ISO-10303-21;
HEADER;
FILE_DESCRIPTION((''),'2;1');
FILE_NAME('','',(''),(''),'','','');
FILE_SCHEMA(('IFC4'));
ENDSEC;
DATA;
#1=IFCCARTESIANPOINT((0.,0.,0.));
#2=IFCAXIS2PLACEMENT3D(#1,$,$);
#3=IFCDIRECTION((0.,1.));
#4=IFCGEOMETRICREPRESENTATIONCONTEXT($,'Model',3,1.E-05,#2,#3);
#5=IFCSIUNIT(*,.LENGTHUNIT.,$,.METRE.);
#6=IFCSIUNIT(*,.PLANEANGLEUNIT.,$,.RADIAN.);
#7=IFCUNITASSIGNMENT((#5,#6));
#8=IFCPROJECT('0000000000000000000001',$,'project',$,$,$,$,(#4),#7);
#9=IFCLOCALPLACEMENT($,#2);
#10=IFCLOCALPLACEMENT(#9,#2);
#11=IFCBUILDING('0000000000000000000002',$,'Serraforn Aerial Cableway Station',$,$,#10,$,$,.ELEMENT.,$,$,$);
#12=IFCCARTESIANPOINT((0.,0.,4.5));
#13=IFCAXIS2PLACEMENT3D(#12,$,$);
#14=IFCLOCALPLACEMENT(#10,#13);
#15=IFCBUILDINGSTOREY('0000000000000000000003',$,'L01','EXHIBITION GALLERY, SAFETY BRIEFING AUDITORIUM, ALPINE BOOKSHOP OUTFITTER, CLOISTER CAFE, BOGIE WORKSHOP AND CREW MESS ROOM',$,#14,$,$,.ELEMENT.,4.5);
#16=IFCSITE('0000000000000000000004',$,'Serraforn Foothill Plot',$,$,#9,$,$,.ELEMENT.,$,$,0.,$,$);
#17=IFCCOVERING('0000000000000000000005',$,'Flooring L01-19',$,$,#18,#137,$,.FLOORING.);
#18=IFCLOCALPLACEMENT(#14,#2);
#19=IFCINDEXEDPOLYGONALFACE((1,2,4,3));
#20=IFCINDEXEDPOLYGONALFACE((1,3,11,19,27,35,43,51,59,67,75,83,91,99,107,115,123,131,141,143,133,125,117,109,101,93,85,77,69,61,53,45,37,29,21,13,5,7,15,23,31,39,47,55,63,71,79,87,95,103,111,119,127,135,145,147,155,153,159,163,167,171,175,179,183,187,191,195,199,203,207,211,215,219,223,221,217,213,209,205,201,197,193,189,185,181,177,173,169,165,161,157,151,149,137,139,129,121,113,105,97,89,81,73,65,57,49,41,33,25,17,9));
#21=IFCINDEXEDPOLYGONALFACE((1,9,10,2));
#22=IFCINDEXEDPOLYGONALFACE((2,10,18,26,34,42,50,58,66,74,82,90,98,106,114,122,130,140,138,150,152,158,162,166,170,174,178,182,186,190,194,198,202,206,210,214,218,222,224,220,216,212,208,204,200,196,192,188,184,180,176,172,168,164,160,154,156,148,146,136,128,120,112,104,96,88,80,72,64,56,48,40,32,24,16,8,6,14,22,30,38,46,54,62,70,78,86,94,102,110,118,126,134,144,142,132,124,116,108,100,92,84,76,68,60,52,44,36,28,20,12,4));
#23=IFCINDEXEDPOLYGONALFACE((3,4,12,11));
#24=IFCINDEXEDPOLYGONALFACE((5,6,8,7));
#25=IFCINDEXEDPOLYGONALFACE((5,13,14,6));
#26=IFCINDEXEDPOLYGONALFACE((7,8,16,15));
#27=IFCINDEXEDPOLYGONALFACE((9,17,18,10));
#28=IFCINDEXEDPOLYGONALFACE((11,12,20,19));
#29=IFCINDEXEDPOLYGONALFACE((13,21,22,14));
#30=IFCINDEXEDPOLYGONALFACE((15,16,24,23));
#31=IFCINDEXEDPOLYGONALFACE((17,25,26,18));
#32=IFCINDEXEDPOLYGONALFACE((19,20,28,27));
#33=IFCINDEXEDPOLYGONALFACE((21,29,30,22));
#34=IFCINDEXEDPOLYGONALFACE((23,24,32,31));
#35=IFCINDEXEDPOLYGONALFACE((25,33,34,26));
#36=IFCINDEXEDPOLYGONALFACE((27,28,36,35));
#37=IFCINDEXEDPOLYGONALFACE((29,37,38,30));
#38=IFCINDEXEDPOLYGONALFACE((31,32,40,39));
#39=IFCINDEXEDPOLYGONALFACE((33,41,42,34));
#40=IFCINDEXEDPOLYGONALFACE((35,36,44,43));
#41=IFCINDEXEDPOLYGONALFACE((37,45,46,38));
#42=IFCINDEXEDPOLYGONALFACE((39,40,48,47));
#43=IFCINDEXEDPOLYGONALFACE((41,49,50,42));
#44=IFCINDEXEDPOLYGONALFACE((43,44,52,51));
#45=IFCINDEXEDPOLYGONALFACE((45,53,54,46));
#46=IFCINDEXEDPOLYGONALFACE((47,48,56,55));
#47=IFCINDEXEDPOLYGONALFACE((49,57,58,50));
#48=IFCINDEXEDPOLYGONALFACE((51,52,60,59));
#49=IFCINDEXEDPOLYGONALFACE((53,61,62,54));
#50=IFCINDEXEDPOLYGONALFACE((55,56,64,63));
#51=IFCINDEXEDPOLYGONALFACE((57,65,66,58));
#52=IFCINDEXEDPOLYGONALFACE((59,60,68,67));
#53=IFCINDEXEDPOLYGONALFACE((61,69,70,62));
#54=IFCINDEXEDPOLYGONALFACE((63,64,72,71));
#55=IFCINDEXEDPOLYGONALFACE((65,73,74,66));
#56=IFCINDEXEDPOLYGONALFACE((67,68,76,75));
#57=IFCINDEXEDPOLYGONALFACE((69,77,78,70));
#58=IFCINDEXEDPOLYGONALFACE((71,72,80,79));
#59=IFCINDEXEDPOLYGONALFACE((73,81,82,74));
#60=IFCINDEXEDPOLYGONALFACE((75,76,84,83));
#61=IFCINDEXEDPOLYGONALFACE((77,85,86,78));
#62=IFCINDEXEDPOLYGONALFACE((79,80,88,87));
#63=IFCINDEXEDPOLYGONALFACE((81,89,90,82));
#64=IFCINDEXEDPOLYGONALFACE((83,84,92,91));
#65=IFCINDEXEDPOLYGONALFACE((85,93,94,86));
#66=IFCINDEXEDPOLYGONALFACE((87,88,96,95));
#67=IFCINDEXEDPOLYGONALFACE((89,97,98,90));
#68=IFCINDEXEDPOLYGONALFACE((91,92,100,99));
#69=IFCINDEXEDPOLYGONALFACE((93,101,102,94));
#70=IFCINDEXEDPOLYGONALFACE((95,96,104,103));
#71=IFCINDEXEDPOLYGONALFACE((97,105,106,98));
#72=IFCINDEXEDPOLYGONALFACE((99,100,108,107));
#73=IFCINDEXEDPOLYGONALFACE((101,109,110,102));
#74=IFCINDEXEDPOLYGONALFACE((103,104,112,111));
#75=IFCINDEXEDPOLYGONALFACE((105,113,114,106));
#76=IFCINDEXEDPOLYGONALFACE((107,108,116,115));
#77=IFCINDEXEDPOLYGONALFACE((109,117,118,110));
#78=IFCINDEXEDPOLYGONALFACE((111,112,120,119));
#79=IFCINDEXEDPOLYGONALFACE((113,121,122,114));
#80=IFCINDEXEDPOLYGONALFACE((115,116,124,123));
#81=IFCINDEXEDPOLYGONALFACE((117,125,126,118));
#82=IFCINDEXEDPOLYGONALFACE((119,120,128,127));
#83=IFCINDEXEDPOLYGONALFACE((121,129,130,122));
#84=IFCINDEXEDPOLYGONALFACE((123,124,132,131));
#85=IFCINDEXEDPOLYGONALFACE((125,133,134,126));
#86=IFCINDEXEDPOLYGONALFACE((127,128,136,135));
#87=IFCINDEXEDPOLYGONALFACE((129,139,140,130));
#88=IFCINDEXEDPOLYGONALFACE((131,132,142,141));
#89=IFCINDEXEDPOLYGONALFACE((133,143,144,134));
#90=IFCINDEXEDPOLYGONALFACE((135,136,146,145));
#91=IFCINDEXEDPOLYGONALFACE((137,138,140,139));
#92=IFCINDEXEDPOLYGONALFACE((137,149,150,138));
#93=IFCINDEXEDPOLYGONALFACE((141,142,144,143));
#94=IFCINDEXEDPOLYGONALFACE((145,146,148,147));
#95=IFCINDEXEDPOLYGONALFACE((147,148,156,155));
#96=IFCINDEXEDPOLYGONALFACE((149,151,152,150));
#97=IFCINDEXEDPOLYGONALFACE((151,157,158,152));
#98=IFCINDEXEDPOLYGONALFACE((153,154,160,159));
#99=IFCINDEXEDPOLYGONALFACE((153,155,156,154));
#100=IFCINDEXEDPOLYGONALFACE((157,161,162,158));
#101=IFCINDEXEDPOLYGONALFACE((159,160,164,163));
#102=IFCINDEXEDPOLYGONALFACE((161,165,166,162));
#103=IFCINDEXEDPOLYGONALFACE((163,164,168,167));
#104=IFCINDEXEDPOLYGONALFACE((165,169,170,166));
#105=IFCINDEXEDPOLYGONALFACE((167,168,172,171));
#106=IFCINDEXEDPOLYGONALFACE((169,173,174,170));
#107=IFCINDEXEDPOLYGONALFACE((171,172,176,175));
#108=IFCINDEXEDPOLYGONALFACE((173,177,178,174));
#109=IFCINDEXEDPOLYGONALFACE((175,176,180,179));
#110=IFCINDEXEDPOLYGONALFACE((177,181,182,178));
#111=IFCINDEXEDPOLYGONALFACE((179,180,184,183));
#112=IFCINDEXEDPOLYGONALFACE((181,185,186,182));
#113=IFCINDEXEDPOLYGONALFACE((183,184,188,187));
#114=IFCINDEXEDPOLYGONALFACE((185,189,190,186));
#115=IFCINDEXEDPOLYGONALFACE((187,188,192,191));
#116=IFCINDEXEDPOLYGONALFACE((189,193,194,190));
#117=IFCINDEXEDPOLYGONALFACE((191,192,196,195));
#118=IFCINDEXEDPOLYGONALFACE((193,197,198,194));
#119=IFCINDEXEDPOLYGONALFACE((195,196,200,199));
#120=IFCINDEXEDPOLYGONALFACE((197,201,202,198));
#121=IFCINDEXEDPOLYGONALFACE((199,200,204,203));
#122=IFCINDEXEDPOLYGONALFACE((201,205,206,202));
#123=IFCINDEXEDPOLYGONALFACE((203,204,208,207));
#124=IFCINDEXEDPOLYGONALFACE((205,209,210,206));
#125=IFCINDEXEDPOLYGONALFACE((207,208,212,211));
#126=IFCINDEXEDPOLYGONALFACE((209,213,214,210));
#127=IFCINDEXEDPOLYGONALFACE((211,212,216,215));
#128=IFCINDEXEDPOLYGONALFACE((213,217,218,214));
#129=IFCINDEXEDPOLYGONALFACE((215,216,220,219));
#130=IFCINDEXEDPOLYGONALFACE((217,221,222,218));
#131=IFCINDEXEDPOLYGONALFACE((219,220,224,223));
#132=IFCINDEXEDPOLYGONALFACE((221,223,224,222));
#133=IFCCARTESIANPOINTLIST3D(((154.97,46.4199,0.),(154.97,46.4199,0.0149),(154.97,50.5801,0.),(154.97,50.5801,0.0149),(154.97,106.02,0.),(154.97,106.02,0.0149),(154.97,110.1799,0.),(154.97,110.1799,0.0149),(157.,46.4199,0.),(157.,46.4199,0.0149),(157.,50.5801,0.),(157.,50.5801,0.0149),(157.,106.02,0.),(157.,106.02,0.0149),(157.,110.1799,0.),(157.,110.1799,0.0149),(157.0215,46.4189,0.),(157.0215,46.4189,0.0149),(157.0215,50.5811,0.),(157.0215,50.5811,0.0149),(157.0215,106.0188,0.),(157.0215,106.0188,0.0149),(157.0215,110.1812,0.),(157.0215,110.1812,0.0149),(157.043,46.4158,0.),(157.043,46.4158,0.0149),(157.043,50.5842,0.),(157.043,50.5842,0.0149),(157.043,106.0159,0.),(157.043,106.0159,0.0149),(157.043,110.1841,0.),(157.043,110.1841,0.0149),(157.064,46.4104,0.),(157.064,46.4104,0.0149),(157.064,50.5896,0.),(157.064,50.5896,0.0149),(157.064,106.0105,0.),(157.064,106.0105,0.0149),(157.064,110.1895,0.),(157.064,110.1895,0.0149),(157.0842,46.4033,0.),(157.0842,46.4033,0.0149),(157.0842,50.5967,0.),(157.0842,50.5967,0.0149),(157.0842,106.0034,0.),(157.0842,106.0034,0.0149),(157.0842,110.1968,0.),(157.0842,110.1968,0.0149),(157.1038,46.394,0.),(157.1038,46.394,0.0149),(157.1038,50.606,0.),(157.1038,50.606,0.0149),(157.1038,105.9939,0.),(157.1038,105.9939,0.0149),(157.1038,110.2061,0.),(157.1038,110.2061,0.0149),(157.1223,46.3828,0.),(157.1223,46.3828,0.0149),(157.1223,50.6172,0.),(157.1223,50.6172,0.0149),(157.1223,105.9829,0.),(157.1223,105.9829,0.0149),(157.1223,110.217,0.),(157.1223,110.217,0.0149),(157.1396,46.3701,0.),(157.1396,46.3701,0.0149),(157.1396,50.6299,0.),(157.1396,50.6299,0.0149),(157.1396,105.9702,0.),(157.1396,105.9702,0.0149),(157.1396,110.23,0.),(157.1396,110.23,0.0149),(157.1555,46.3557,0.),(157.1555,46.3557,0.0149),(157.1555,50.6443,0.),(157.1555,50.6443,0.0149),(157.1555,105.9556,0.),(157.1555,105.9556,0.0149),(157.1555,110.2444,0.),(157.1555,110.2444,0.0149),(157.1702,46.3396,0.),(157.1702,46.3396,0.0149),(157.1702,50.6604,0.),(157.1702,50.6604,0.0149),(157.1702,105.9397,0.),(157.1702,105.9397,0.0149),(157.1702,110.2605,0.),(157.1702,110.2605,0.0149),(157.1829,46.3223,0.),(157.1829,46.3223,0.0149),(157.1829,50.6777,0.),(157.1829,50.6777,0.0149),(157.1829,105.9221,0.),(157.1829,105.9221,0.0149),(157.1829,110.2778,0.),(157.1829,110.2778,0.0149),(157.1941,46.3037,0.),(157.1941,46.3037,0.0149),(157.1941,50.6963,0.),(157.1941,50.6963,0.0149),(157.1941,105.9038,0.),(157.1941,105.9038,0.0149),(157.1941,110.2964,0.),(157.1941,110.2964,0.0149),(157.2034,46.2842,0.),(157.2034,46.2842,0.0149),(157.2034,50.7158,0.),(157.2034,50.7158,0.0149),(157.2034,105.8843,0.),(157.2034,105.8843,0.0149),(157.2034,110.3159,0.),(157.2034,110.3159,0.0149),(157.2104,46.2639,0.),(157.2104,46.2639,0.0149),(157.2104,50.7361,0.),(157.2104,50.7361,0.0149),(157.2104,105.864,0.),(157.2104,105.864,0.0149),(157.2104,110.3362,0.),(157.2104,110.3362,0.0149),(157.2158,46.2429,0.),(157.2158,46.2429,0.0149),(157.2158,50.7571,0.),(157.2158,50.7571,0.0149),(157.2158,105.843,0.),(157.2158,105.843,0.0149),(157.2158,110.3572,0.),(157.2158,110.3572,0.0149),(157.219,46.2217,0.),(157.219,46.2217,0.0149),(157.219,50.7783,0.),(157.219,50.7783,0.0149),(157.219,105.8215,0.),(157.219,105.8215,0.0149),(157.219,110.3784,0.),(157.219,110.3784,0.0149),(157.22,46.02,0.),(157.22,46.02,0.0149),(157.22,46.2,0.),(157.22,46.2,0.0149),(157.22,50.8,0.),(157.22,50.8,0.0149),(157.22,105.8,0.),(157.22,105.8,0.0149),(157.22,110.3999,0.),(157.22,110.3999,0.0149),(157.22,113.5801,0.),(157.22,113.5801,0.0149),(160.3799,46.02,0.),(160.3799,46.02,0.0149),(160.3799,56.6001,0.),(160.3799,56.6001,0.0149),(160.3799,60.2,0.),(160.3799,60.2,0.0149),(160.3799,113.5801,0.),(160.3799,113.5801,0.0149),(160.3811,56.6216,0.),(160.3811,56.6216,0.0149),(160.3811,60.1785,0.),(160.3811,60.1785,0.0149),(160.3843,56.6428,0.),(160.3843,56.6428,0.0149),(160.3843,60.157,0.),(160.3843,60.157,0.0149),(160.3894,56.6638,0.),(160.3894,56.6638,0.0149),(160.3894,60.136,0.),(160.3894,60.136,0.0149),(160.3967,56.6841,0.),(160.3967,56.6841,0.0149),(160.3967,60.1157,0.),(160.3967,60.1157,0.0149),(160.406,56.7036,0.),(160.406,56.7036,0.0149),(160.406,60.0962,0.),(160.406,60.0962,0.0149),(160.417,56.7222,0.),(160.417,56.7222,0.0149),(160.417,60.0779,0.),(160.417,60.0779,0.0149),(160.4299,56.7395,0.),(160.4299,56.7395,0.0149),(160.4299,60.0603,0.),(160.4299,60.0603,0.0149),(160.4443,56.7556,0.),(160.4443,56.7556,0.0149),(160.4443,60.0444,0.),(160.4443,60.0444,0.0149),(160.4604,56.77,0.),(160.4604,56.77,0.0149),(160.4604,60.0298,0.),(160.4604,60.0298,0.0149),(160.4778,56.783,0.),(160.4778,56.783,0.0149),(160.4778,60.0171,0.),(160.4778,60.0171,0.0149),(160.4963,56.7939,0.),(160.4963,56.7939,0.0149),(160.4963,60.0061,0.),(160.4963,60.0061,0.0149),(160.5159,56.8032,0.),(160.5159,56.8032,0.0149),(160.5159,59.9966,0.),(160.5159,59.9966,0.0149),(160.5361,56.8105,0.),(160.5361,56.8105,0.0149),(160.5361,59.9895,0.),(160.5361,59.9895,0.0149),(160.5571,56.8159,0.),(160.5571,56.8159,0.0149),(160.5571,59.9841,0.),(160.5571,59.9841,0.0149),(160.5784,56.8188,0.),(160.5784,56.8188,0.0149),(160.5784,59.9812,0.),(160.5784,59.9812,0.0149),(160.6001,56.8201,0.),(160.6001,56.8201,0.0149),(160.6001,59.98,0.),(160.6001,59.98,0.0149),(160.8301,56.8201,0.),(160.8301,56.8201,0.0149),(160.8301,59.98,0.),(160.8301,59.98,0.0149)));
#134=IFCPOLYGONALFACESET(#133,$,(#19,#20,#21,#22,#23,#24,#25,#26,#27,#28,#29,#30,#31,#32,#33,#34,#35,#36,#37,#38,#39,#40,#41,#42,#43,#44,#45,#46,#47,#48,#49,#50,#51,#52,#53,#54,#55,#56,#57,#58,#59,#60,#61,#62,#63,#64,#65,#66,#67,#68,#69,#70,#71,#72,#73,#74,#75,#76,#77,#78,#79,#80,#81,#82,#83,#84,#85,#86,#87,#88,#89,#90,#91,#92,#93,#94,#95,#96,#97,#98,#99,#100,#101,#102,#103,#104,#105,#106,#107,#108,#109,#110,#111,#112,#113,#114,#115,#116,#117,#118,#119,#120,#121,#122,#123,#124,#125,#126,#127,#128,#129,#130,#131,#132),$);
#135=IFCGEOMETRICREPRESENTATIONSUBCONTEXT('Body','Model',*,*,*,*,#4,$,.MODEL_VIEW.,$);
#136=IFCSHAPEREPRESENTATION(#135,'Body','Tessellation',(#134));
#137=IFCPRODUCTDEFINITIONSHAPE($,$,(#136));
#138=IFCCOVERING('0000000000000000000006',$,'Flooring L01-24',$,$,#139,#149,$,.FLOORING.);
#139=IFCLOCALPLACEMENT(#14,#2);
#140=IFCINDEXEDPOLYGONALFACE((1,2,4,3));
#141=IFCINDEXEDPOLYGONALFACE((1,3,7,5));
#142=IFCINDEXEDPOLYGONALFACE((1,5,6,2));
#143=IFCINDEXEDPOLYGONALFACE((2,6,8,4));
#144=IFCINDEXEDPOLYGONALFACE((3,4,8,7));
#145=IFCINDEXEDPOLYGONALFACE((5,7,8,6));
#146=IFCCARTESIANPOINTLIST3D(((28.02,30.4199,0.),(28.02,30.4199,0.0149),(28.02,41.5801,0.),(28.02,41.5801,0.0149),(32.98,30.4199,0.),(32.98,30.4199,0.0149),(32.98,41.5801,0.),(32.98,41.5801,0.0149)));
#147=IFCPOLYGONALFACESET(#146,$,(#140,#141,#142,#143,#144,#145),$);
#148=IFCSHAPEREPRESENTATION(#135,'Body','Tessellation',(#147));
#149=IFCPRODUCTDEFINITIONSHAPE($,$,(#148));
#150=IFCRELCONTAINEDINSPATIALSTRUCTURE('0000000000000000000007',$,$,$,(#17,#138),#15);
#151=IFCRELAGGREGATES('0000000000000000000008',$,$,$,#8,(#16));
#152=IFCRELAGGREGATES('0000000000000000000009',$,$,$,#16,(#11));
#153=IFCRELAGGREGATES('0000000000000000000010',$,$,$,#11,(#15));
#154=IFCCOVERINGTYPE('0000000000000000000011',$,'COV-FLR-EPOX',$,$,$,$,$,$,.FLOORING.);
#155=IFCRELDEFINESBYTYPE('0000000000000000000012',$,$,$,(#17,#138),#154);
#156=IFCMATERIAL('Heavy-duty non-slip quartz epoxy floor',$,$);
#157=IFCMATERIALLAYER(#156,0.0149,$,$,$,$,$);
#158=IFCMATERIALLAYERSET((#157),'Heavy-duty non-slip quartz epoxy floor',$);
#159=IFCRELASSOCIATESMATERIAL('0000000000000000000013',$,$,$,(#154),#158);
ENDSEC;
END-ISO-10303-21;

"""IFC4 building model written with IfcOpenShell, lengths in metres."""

from ifc_helpers import new_model, si_unit, direction, frame, origin, place, context, subcontext, project, spatial, polyline, outline, extrude, material, layer, layer_set, type_object, element, save


model = new_model("IFC4")

# Units and contexts
model_context = context("Model", 3, precision=1e-05, world=origin(), true_north=direction((0.0, 1.0)))
body_context = subcontext(model_context, "Body", "Model", "MODEL_VIEW")
ifc_project = project(units=[si_unit("LENGTHUNIT", "METRE"), si_unit("PLANEANGLEUNIT", "RADIAN")], contexts=[model_context])

# Site, building, storey
site_placement = place(None, origin())
site = spatial("IfcSite", under=ifc_project, at=site_placement, Name="Serraforn Foothill Plot", CompositionType="ELEMENT", RefElevation=0.0)
building_placement = place(site_placement, origin())
building = spatial("IfcBuilding", under=site, at=building_placement, Name="Serraforn Aerial Cableway Station", CompositionType="ELEMENT")
storey_placement = place(building_placement, frame((0.0, 0.0, 4.5)))
storey = spatial("IfcBuildingStorey", under=building, at=storey_placement, Name="L01", Description="EXHIBITION GALLERY, SAFETY BRIEFING AUDITORIUM, ALPINE BOOKSHOP OUTFITTER, CLOISTER CAFE, BOGIE WORKSHOP AND CREW MESS ROOM", CompositionType="ELEMENT", Elevation=4.5)

# Coverings
ifc_material_1 = material(Name="Heavy-duty non-slip quartz epoxy floor")
ifc_layer_1 = layer(ifc_material_1, 0.0149)
ifc_layer_set_1 = layer_set([ifc_layer_1], Name="Heavy-duty non-slip quartz epoxy floor")
covering_type_1 = type_object("IfcCoveringType", Name="COV-FLR-EPOX", PredefinedType="FLOORING", material=ifc_layer_set_1)
covering_1_placement = place(storey_placement, origin())
element("IfcCovering", 1, at=covering_1_placement, inside=storey, type_object=covering_type_1, Name="Flooring L01-19", PredefinedType="FLOORING", context=body_context, shape_type="SweptSolid", body=[
    extrude(outline(polyline([(157.0, 50.5801), (157.0215, 50.5811), (157.043, 50.5842), (157.064, 50.5896), (157.0842, 50.5967), (157.1038, 50.606), (157.1223, 50.6172), (157.1396, 50.6299), (157.1555, 50.6443), (157.1702, 50.6604), (157.1829, 50.6777), (157.1941, 50.6963), (157.2034, 50.7158), (157.2104, 50.7361), (157.2158, 50.7571), (157.219, 50.7783), (157.22, 50.8), (157.22, 105.8), (157.219, 105.8215), (157.2158, 105.843), (157.2104, 105.864), (157.2034, 105.8843), (157.1941, 105.9038), (157.1829, 105.9221), (157.1702, 105.9397), (157.1555, 105.9556), (157.1396, 105.9702), (157.1223, 105.9829), (157.1038, 105.9939), (157.0842, 106.0034), (157.064, 106.0105), (157.043, 106.0159), (157.0215, 106.0188), (157.0, 106.02), (154.97, 106.02), (154.97, 110.1799), (157.0, 110.1799), (157.0215, 110.1812), (157.043, 110.1841), (157.064, 110.1895), (157.0842, 110.1968), (157.1038, 110.2061), (157.1223, 110.217), (157.1396, 110.23), (157.1555, 110.2444), (157.1702, 110.2605), (157.1829, 110.2778), (157.1941, 110.2964), (157.2034, 110.3159), (157.2104, 110.3362), (157.2158, 110.3572), (157.219, 110.3784), (157.22, 110.3999), (157.22, 113.5801), (160.3799, 113.5801), (160.3799, 60.2), (160.3811, 60.1785), (160.3843, 60.157), (160.3894, 60.136), (160.3967, 60.1157), (160.406, 60.0962), (160.417, 60.0779), (160.4299, 60.0603), (160.4443, 60.0444), (160.4604, 60.0298), (160.4778, 60.0171), (160.4963, 60.0061), (160.5159, 59.9966), (160.5361, 59.9895), (160.5571, 59.9841), (160.5784, 59.9812), (160.6001, 59.98), (160.8301, 59.98), (160.8301, 56.8201), (160.6001, 56.8201), (160.5784, 56.8188), (160.5571, 56.8159), (160.5361, 56.8105), (160.5159, 56.8032), (160.4963, 56.7939), (160.4778, 56.783), (160.4604, 56.77), (160.4443, 56.7556), (160.4299, 56.7395), (160.417, 56.7222), (160.406, 56.7036), (160.3967, 56.6841), (160.3894, 56.6638), (160.3843, 56.6428), (160.3811, 56.6216), (160.3799, 56.6001), (160.3799, 46.02), (157.22, 46.02), (157.22, 46.2), (157.219, 46.2217), (157.2158, 46.2429), (157.2104, 46.2639), (157.2034, 46.2842), (157.1941, 46.3037), (157.1829, 46.3223), (157.1702, 46.3396), (157.1555, 46.3557), (157.1396, 46.3701), (157.1223, 46.3828), (157.1038, 46.394), (157.0842, 46.4033), (157.064, 46.4104), (157.043, 46.4158), (157.0215, 46.4189), (157.0, 46.4199), (154.97, 46.4199), (154.97, 50.5801), (157.0, 50.5801)])), origin(), (0.0, 0.0, 1.0), 0.0149),
])
covering_2_placement = place(storey_placement, origin())
element("IfcCovering", 2, at=covering_2_placement, inside=storey, type_object=covering_type_1, Name="Flooring L01-24", PredefinedType="FLOORING", context=body_context, shape_type="SweptSolid", body=[
    extrude(outline(polyline([(28.02, 30.4199), (28.02, 41.5801), (32.98, 41.5801), (32.98, 30.4199), (28.02, 30.4199)])), origin(), (0.0, 0.0, 1.0), 0.0149),
])

save(model, "model.ifc")
